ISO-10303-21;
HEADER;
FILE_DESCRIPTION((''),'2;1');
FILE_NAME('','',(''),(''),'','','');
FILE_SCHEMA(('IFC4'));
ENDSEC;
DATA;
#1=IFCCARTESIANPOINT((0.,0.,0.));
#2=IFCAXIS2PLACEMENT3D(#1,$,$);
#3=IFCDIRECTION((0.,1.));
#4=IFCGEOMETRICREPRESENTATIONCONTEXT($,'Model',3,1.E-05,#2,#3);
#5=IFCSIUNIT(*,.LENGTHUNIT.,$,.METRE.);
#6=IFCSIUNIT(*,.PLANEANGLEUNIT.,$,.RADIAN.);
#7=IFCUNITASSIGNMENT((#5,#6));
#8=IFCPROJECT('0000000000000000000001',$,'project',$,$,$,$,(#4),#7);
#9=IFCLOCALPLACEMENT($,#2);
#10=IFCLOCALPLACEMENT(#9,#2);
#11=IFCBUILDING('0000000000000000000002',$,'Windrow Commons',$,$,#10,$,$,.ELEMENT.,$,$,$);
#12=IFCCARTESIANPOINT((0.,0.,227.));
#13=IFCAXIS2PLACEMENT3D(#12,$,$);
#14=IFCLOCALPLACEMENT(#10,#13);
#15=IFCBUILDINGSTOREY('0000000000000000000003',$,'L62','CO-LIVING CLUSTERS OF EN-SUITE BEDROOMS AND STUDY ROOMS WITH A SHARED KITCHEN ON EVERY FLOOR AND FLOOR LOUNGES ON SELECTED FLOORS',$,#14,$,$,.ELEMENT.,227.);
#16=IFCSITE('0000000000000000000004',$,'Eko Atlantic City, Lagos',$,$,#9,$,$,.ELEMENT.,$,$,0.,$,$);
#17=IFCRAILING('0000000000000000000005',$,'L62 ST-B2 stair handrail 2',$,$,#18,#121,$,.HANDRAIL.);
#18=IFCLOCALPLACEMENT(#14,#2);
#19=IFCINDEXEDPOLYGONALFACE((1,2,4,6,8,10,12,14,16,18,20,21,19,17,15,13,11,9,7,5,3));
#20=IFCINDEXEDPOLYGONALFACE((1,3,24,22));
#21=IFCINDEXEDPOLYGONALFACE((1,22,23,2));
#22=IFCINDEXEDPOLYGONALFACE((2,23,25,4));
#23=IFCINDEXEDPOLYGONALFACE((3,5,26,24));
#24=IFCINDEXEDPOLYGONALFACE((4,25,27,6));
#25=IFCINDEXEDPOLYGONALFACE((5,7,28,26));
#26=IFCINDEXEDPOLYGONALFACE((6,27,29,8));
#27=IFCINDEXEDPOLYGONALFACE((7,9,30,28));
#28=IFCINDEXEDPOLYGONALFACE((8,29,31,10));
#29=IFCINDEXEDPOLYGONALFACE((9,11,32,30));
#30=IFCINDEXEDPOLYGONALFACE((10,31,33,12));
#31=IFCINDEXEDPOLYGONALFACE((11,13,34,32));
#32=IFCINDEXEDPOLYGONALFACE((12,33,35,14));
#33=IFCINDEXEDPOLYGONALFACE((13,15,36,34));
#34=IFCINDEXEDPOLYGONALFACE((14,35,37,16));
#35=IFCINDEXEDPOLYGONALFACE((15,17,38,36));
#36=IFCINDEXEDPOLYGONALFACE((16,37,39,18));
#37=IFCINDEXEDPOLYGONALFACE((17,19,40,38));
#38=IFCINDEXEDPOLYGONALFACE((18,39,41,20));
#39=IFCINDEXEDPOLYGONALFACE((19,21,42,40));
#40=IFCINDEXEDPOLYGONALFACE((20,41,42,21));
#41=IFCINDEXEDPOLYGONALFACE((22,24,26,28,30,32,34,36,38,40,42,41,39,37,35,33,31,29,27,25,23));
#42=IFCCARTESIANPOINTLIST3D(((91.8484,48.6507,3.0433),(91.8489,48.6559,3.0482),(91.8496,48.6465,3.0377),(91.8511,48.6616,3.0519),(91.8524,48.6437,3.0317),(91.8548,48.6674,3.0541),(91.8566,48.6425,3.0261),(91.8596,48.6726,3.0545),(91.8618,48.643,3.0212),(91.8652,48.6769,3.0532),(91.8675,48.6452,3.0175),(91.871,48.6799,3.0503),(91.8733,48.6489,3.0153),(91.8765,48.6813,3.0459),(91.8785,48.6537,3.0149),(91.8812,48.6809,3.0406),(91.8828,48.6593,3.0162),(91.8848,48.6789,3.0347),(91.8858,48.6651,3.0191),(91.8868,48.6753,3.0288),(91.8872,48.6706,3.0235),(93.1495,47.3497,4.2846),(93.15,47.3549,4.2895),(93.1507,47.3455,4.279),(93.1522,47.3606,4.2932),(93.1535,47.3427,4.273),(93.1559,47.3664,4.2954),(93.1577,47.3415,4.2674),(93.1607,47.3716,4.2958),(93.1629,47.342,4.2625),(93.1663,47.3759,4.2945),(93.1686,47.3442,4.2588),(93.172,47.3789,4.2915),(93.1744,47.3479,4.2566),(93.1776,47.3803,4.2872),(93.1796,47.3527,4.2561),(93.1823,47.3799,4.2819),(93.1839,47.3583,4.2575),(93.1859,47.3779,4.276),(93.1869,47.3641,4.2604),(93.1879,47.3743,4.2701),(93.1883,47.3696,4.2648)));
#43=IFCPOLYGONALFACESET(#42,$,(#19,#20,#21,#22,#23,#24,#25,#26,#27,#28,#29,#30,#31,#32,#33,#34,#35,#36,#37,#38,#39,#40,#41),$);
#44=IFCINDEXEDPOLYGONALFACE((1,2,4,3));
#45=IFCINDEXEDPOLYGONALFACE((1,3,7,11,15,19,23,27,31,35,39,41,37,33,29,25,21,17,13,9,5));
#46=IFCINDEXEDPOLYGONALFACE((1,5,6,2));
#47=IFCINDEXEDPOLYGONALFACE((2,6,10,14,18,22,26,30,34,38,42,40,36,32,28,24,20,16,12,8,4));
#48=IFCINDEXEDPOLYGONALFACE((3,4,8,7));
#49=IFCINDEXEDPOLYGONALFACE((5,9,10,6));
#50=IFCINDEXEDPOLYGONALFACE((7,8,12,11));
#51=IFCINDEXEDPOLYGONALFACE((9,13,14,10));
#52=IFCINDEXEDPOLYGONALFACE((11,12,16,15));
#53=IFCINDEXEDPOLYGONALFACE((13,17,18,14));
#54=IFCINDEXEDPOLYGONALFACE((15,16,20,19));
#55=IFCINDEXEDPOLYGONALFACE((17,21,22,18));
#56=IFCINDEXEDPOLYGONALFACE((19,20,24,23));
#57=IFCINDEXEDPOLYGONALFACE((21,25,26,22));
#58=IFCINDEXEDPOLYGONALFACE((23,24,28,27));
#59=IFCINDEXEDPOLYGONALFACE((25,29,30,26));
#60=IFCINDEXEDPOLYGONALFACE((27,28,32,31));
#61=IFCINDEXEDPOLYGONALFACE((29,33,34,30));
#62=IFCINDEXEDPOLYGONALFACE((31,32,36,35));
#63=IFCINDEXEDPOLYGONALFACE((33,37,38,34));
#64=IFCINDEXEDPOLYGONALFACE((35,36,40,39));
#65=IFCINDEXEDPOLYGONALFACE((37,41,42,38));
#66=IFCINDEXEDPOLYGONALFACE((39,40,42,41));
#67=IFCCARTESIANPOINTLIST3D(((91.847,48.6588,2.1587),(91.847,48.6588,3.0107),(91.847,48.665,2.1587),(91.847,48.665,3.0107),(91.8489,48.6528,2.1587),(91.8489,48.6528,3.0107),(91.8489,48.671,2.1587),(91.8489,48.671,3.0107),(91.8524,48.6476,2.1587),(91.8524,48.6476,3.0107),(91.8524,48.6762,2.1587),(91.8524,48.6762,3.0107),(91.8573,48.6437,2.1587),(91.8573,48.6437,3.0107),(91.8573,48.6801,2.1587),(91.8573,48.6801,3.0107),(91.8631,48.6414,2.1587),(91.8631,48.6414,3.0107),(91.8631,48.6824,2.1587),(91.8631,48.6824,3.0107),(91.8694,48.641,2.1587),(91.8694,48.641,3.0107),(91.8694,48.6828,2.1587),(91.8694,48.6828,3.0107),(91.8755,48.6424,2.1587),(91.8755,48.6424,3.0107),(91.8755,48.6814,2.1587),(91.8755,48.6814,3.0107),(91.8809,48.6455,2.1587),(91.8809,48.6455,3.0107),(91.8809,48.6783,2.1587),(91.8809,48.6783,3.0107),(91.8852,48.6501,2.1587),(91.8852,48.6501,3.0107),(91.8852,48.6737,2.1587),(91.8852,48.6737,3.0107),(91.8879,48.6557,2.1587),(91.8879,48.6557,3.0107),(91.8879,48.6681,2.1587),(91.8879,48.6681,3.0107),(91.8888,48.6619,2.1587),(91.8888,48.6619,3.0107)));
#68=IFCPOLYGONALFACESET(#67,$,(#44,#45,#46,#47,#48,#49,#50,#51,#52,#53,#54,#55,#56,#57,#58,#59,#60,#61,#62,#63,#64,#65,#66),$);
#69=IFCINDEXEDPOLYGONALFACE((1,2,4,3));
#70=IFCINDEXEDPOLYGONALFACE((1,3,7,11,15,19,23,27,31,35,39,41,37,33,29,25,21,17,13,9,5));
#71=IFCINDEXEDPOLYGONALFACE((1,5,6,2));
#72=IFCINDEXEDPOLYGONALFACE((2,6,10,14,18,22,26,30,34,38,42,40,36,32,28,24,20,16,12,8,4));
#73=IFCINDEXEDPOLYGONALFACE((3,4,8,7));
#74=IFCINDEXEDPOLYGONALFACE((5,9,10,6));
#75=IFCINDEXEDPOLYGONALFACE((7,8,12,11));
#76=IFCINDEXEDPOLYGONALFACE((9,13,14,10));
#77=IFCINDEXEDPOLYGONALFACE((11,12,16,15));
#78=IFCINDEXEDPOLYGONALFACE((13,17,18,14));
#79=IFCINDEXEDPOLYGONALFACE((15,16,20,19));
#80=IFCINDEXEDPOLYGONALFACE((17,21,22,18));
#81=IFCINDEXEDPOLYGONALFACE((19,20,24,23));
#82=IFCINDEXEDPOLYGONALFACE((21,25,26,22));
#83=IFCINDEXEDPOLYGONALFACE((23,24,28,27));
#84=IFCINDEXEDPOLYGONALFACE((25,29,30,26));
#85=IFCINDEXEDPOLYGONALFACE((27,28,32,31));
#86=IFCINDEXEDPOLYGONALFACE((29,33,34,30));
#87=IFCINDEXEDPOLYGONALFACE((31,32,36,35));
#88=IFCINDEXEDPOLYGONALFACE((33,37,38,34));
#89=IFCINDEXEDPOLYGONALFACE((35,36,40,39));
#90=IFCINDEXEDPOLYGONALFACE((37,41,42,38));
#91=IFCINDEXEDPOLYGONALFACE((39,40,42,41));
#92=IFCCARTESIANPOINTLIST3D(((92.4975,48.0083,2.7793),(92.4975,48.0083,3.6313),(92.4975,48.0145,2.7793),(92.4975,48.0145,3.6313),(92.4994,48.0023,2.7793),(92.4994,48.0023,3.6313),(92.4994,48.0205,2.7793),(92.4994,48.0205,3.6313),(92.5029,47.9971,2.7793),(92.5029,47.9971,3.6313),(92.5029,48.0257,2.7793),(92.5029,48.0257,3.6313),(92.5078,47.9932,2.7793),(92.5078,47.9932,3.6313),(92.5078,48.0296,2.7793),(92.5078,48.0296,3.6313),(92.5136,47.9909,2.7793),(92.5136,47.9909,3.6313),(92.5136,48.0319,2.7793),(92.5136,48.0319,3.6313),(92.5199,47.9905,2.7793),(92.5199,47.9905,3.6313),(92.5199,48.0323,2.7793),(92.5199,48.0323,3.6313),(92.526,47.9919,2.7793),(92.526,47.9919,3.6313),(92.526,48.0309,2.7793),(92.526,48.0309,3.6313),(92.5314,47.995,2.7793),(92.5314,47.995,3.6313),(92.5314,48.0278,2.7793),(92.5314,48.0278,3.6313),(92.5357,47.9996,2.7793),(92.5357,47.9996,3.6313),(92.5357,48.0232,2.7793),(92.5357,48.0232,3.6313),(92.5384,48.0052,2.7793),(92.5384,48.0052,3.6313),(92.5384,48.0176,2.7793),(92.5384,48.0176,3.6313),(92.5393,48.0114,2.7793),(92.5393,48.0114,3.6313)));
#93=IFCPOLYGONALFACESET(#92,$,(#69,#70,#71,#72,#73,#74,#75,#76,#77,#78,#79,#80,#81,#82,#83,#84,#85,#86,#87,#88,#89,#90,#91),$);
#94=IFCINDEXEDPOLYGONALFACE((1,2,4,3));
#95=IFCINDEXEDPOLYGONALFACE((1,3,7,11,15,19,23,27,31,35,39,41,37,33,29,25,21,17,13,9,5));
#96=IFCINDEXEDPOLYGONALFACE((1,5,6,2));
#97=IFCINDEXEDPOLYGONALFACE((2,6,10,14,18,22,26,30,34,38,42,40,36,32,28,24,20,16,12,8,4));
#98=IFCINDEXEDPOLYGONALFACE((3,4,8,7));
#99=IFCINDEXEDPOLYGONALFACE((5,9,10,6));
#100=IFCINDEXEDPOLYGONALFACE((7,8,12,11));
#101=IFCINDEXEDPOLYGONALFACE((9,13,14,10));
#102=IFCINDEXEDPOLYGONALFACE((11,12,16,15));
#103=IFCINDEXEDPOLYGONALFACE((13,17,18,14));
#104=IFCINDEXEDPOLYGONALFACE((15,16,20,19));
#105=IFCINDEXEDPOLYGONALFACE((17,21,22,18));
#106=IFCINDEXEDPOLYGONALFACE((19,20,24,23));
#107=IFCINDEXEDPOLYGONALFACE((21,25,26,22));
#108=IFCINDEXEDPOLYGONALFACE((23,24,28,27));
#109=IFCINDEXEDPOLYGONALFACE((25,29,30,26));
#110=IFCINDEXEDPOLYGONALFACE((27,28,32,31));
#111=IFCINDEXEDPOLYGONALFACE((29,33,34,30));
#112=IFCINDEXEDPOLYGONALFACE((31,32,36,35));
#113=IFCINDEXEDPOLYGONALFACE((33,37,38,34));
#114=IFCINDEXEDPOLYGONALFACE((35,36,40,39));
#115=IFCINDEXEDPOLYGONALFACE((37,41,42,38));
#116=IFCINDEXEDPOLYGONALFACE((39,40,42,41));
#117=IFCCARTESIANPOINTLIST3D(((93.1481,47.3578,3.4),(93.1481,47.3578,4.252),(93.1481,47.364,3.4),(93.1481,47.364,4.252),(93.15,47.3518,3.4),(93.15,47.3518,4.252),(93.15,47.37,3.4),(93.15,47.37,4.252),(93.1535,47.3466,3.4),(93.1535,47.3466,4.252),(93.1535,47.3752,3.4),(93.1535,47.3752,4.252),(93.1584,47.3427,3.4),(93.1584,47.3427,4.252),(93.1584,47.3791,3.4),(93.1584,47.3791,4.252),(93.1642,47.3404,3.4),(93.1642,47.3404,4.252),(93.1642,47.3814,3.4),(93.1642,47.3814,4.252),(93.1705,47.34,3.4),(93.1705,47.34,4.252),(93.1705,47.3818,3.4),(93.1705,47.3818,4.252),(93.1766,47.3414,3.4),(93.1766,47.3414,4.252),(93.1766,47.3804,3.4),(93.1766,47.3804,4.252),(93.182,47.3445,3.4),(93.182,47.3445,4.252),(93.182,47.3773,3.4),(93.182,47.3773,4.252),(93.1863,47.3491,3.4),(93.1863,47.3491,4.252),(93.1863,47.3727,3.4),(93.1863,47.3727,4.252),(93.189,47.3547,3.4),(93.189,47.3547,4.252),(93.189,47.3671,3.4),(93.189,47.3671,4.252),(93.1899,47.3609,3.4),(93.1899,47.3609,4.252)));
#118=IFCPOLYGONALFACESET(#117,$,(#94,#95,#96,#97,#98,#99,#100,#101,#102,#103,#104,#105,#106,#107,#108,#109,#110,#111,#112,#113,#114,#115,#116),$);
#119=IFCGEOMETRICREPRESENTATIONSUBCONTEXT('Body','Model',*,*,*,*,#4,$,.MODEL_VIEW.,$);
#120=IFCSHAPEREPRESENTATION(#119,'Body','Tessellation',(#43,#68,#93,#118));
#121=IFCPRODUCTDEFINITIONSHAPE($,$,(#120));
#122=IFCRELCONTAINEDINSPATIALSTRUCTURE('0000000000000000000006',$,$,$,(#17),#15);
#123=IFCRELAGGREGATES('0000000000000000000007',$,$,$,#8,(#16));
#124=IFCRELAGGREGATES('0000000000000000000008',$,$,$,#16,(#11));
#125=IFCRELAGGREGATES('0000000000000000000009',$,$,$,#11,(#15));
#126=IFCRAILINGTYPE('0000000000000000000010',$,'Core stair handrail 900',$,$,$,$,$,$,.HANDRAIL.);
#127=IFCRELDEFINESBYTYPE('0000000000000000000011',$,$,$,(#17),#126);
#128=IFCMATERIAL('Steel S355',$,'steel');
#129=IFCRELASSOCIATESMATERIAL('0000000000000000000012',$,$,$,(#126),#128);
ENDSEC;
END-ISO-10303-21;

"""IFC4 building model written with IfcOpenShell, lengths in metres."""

from ifc_helpers import new_model, si_unit, direction, frame, origin, origin_2d, place, context, subcontext, project, spatial, circle, extrude, material, type_object, element, save


model = new_model("IFC4")

# Units and contexts
model_context = context("Model", 3, precision=1e-05, world=origin(), true_north=direction((0.0, 1.0)))
body_context = subcontext(model_context, "Body", "Model", "MODEL_VIEW")
ifc_project = project(units=[si_unit("LENGTHUNIT", "METRE"), si_unit("PLANEANGLEUNIT", "RADIAN")], contexts=[model_context])

# Site, building, storey
site_placement = place(None, origin())
site = spatial("IfcSite", under=ifc_project, at=site_placement, Name="Eko Atlantic City, Lagos", CompositionType="ELEMENT", RefElevation=0.0)
building_placement = place(site_placement, origin())
building = spatial("IfcBuilding", under=site, at=building_placement, Name="Windrow Commons", CompositionType="ELEMENT")
storey_placement = place(building_placement, frame((0.0, 0.0, 227.0)))
storey = spatial("IfcBuildingStorey", under=building, at=storey_placement, Name="L62", Description="CO-LIVING CLUSTERS OF EN-SUITE BEDROOMS AND STUDY ROOMS WITH A SHARED KITCHEN ON EVERY FLOOR AND FLOOR LOUNGES ON SELECTED FLOORS", CompositionType="ELEMENT", Elevation=227.0)

# Railing
ifc_material_1 = material(Name="Steel S355", Category="steel")
railing_type_1 = type_object("IfcRailingType", Name="Core stair handrail 900", PredefinedType="HANDRAIL", material=ifc_material_1)
railing_1_placement = place(storey_placement, frame((91.8678, 48.6619, 2.1587)))
element("IfcRailing", 1, at=railing_1_placement, inside=storey, type_object=railing_type_1, Name="L62 ST-B2 stair handrail 2", PredefinedType="HANDRAIL", context=body_context, shape_type="SweptSolid", body=[
    extrude(circle(Radius=0.024, at=origin_2d()), frame((0.0, 0.0, 0.876), z_axis=(0.586207, -0.586162, 0.559264), x_axis=(0.70708, 0.707134, 0.0)), (0.0, 0.0, 1.0), 2.2195),
    extrude(circle(Radius=0.021, at=origin_2d()), origin(), (0.0, 0.0, 1.0), 0.852),
    extrude(circle(Radius=0.021, at=origin_2d()), frame((0.6505, -0.6505, 0.6206)), (0.0, 0.0, 1.0), 0.852),
    extrude(circle(Radius=0.021, at=origin_2d()), frame((1.3011, -1.301, 1.2413)), (0.0, 0.0, 1.0), 0.852),
])

save(model, "model.ifc")
